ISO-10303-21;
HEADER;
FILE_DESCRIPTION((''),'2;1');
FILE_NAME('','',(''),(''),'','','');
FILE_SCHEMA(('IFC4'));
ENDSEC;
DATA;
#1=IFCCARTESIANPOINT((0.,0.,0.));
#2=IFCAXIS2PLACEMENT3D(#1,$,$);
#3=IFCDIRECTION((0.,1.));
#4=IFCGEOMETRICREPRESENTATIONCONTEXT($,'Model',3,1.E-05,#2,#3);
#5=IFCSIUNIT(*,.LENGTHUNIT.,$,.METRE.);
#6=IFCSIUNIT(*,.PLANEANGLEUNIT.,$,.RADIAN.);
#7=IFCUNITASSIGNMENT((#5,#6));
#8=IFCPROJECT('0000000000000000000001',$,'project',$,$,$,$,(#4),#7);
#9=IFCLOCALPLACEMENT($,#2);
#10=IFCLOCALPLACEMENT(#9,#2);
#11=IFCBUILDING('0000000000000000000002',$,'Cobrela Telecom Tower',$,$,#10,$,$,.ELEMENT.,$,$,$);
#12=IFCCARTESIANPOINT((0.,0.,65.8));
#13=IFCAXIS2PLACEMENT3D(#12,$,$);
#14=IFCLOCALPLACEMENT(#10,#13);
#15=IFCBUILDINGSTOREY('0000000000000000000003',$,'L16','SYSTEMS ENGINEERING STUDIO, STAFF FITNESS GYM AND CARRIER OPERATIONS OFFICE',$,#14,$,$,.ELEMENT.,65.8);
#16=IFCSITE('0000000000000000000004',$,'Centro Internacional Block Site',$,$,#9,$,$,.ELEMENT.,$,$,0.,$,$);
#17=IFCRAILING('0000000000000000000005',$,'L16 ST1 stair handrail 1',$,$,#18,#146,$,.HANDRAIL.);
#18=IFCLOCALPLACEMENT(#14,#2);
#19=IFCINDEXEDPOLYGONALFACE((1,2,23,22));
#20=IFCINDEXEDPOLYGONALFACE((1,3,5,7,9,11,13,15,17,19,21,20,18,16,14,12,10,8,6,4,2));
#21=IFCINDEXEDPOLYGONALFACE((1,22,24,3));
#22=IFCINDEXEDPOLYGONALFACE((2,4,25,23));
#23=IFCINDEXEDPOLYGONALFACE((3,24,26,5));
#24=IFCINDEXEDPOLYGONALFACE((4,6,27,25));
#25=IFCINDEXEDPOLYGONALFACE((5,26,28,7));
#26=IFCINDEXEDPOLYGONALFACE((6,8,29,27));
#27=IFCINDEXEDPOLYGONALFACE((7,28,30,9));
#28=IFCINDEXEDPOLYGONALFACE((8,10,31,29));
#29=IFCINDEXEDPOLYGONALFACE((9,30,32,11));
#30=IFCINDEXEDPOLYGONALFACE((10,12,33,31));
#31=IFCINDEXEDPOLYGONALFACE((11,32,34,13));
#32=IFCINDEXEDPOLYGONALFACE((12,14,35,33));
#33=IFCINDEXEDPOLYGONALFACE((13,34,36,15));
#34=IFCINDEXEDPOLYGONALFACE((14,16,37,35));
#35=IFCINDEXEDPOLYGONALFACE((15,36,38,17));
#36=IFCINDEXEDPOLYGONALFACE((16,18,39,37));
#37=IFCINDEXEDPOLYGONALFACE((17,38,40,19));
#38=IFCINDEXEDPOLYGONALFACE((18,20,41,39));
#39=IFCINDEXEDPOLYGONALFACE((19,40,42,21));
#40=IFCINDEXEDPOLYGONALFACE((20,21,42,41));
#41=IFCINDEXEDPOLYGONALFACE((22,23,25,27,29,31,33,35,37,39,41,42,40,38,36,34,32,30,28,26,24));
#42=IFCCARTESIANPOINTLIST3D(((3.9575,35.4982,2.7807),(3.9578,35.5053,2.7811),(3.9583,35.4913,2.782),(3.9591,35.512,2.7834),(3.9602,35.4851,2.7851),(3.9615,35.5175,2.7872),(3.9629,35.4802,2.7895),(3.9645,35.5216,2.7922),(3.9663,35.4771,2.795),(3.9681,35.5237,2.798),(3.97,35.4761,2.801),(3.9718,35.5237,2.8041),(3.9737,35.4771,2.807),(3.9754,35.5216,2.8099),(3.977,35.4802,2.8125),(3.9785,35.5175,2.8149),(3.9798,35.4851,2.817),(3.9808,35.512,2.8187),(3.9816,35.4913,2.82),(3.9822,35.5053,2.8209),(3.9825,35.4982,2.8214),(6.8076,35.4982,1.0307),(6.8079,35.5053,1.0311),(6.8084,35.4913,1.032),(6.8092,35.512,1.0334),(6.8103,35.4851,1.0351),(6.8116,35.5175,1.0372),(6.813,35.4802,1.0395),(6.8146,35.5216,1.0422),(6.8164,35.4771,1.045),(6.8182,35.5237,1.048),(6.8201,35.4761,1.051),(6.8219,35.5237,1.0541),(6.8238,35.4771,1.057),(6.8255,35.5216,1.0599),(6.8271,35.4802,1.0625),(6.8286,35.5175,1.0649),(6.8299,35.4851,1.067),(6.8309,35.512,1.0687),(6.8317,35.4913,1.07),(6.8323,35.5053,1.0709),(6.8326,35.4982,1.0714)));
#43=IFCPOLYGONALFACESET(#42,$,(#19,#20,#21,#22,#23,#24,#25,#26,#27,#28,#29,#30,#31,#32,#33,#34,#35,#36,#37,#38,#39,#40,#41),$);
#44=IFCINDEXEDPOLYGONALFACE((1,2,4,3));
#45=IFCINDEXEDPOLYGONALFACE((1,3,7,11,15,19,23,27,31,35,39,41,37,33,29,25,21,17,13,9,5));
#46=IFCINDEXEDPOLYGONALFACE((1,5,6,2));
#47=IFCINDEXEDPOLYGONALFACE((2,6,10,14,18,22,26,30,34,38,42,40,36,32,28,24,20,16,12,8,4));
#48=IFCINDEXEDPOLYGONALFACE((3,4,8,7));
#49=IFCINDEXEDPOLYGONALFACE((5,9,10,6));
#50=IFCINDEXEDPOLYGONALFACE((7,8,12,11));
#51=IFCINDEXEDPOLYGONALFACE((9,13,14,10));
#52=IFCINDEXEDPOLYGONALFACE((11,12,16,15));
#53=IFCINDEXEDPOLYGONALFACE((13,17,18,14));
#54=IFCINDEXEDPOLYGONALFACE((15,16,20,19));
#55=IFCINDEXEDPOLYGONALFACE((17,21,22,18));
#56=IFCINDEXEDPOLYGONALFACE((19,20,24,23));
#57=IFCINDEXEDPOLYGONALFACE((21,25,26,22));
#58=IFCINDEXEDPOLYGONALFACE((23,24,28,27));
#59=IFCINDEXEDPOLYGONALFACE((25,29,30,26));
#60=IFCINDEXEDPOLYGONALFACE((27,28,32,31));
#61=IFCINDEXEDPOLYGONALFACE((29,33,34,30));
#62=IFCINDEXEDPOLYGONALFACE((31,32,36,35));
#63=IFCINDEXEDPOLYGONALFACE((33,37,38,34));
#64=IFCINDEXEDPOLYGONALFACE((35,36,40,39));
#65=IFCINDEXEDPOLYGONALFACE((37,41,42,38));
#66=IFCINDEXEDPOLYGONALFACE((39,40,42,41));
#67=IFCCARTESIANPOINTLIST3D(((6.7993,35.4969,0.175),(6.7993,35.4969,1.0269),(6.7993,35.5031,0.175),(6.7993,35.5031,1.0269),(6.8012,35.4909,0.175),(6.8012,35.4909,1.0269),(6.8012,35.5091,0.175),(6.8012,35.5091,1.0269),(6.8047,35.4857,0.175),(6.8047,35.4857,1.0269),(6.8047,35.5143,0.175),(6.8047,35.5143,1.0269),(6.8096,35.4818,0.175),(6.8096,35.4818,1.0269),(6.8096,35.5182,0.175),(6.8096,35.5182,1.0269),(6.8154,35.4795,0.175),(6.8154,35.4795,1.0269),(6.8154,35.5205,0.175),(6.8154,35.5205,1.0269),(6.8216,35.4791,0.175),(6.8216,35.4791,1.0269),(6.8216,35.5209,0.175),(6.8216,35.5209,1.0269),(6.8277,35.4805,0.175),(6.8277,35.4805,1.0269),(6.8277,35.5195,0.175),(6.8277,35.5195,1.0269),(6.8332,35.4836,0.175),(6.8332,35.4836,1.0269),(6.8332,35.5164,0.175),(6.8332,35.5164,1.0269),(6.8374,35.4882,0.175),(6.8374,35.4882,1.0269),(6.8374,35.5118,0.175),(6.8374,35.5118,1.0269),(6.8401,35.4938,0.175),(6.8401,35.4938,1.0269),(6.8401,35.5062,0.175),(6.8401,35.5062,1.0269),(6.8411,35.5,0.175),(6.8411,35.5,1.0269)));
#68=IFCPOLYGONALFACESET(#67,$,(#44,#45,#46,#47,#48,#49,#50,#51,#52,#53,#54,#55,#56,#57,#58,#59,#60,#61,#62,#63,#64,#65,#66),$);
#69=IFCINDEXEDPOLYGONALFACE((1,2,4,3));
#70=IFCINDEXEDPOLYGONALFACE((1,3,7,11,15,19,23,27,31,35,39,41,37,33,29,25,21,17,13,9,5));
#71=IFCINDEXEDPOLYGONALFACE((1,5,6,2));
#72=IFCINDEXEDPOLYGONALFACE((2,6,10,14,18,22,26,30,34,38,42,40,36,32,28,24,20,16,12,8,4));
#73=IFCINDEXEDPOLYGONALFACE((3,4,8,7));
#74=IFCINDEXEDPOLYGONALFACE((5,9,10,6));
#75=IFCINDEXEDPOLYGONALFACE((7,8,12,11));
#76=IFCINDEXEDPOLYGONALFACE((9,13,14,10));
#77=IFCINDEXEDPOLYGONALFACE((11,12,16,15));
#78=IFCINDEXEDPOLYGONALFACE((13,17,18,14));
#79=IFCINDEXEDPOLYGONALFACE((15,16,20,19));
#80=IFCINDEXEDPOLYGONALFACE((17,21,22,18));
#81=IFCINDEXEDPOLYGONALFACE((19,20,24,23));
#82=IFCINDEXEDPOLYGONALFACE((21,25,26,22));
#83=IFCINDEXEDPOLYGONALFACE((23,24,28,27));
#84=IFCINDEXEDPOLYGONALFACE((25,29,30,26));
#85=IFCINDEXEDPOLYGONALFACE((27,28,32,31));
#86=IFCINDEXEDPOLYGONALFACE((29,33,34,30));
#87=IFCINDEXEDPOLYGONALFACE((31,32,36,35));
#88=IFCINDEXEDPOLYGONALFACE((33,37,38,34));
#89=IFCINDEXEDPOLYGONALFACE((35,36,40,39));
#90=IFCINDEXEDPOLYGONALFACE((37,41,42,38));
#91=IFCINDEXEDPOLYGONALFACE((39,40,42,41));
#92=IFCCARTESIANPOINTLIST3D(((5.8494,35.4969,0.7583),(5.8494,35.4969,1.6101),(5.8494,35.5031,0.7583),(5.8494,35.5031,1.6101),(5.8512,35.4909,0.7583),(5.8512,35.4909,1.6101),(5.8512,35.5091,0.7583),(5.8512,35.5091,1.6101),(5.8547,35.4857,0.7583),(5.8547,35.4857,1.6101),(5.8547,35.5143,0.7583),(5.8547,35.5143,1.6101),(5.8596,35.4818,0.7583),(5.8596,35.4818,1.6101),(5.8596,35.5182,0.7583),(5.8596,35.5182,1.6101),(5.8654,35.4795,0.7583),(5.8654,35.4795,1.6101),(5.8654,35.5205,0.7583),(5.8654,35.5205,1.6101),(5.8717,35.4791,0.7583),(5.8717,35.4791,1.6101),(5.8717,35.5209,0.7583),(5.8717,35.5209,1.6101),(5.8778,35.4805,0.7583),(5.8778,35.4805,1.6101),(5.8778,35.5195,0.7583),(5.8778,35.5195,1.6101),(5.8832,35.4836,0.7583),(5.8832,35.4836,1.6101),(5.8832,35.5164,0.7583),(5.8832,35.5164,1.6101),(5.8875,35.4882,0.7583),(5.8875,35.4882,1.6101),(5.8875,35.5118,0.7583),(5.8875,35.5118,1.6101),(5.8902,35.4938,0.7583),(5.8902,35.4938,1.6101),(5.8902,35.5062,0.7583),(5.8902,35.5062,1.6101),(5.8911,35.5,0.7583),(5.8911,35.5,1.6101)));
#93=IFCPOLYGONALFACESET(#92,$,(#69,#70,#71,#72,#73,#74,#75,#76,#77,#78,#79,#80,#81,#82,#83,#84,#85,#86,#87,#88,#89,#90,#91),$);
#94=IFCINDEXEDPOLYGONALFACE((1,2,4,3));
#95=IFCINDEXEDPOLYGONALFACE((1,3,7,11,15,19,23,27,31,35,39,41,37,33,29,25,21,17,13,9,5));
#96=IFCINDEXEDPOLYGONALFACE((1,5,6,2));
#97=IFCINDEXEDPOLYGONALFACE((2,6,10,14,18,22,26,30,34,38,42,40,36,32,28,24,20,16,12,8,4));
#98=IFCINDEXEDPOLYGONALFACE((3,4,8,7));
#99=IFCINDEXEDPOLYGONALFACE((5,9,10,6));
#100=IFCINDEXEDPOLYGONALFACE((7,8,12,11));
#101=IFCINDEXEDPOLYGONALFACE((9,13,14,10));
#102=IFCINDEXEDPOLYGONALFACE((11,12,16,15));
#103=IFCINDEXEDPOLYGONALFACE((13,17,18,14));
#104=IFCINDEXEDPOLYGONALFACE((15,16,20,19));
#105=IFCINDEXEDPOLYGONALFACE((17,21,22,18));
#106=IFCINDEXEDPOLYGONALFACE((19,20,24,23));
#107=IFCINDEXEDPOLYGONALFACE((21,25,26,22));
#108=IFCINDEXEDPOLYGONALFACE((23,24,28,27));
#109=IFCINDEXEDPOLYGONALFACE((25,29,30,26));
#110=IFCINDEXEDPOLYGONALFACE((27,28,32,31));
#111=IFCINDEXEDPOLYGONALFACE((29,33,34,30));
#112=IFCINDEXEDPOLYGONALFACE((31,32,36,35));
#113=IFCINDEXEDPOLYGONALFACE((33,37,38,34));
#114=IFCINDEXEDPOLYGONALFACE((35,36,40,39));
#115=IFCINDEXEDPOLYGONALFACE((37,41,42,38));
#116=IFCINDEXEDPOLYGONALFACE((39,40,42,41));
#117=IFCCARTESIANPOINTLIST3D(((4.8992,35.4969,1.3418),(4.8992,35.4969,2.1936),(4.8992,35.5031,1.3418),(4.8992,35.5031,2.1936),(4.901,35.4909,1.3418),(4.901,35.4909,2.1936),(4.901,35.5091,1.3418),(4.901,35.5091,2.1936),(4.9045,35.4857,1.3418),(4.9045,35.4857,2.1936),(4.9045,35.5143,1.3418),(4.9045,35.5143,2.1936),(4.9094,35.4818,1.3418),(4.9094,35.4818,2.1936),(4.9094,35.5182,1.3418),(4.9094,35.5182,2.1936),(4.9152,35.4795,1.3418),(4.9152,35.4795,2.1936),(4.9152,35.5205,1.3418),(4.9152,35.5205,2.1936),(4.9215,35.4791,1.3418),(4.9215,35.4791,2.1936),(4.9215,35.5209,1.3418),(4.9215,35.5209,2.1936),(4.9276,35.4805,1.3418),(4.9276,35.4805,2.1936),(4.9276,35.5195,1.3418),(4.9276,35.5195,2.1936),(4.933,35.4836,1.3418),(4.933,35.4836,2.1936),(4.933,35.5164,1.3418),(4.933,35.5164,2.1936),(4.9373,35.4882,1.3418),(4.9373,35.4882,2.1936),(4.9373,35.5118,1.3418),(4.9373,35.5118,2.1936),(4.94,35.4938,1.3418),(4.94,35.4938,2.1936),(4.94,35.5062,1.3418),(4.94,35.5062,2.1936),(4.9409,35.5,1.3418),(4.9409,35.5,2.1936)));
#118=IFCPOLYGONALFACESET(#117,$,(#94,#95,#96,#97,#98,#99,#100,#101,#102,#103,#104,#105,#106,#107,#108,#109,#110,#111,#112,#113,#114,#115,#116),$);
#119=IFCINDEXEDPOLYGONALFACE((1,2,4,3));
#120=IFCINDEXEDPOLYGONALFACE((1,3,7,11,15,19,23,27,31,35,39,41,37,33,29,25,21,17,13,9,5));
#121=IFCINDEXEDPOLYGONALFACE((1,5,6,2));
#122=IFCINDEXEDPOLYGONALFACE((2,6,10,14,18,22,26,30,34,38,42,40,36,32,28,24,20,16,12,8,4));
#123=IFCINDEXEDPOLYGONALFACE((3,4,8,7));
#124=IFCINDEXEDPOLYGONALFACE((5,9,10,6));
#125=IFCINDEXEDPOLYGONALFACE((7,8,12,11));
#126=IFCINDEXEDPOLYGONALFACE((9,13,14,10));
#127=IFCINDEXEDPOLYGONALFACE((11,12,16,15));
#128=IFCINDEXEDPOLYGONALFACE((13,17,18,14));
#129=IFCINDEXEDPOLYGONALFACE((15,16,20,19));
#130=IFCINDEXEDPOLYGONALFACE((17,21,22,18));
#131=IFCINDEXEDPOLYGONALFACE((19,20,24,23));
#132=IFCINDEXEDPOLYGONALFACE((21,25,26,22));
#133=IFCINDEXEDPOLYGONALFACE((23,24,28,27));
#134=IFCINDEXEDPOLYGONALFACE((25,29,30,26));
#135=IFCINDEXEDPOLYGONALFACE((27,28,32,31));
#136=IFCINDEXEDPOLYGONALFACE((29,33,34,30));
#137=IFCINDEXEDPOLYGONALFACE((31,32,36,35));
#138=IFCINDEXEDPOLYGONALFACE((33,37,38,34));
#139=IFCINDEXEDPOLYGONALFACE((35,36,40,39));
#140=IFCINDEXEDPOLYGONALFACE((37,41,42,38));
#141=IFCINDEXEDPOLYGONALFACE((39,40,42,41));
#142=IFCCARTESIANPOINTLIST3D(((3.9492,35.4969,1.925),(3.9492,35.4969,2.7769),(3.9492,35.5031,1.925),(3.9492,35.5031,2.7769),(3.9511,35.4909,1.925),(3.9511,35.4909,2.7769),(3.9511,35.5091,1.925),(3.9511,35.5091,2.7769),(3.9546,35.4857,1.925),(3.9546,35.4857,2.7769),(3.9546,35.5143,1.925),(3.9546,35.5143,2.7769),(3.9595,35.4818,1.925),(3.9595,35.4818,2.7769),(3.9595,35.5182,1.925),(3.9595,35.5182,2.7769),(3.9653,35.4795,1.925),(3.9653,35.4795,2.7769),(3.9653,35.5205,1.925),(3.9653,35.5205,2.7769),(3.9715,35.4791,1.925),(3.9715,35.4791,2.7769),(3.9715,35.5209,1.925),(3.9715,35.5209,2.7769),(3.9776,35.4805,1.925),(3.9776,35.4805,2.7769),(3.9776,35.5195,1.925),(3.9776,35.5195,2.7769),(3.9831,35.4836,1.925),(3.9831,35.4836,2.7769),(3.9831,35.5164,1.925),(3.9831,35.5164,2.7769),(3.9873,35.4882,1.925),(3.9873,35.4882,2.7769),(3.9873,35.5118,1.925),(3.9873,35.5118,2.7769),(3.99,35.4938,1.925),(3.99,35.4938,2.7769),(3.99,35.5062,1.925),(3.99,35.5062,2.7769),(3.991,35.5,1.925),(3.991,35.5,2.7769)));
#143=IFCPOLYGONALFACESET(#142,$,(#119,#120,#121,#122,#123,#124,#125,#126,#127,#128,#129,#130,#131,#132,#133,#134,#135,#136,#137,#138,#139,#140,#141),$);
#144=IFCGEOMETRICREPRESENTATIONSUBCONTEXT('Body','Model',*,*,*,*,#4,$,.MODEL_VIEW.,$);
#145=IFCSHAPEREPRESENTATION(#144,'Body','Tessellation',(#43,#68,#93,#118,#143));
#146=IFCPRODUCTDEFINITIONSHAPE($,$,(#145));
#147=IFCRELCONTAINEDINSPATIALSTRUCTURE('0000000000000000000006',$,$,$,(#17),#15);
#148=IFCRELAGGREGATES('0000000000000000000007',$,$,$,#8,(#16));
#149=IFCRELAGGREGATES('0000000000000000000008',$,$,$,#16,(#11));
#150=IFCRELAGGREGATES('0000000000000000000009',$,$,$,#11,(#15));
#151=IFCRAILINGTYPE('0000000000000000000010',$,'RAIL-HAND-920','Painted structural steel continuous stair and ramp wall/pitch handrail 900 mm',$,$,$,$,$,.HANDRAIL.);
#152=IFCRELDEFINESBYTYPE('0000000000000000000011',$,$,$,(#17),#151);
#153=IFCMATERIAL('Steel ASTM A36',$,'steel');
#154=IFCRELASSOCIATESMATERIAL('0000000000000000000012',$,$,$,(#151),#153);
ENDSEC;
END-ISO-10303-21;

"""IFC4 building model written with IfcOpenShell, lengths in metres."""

from ifc_helpers import new_model, si_unit, direction, frame, origin, origin_2d, place, context, subcontext, project, spatial, circle, extrude, material, type_object, element, save


model = new_model("IFC4")

# Units and contexts
model_context = context("Model", 3, precision=1e-05, world=origin(), true_north=direction((0.0, 1.0)))
body_context = subcontext(model_context, "Body", "Model", "MODEL_VIEW")
ifc_project = project(units=[si_unit("LENGTHUNIT", "METRE"), si_unit("PLANEANGLEUNIT", "RADIAN")], contexts=[model_context])

# Site, building, storey
site_placement = place(None, origin())
site = spatial("IfcSite", under=ifc_project, at=site_placement, Name="Centro Internacional Block Site", CompositionType="ELEMENT", RefElevation=0.0)
building_placement = place(site_placement, origin())
building = spatial("IfcBuilding", under=site, at=building_placement, Name="Cobrela Telecom Tower", CompositionType="ELEMENT")
storey_placement = place(building_placement, frame((0.0, 0.0, 65.8)))
storey = spatial("IfcBuildingStorey", under=building, at=storey_placement, Name="L16", Description="SYSTEMS ENGINEERING STUDIO, STAFF FITNESS GYM AND CARRIER OPERATIONS OFFICE", CompositionType="ELEMENT", Elevation=65.8)

# Shared definitions
ifc_material_1 = material(Name="Steel ASTM A36", Category="steel")

# Railing
railing_type_1 = type_object("IfcRailingType", Name="RAIL-HAND-920", Description="Painted structural steel continuous stair and ramp wall/pitch handrail 900 mm", PredefinedType="HANDRAIL", material=ifc_material_1)
railing_1_placement = place(storey_placement, frame((6.8201, 35.5, 0.175)))
element("IfcRailing", 1, at=railing_1_placement, inside=storey, type_object=railing_type_1, Name="L16 ST1 stair handrail 1", PredefinedType="HANDRAIL", context=body_context, shape_type="SweptSolid", body=[
    extrude(circle(Radius=0.0239, at=origin_2d()), frame((0.0, 0.0, 0.876), z_axis=(-0.852179, 0.0, 0.52325), x_axis=(0.0, -1.0, 0.0)), (0.0, 0.0, 1.0), 3.3445),
    extrude(circle(Radius=0.021, at=origin_2d()), origin(), (0.0, 0.0, 1.0), 0.8518),
    extrude(circle(Radius=0.021, at=origin_2d()), frame((-0.95, 0.0, 0.5833)), (0.0, 0.0, 1.0), 0.8518),
    extrude(circle(Radius=0.021, at=origin_2d()), frame((-1.9001, 0.0, 1.1667)), (0.0, 0.0, 1.0), 0.8518),
    extrude(circle(Radius=0.021, at=origin_2d()), frame((-2.8501, 0.0, 1.75)), (0.0, 0.0, 1.0), 0.8518),
])

save(model, "model.ifc")
